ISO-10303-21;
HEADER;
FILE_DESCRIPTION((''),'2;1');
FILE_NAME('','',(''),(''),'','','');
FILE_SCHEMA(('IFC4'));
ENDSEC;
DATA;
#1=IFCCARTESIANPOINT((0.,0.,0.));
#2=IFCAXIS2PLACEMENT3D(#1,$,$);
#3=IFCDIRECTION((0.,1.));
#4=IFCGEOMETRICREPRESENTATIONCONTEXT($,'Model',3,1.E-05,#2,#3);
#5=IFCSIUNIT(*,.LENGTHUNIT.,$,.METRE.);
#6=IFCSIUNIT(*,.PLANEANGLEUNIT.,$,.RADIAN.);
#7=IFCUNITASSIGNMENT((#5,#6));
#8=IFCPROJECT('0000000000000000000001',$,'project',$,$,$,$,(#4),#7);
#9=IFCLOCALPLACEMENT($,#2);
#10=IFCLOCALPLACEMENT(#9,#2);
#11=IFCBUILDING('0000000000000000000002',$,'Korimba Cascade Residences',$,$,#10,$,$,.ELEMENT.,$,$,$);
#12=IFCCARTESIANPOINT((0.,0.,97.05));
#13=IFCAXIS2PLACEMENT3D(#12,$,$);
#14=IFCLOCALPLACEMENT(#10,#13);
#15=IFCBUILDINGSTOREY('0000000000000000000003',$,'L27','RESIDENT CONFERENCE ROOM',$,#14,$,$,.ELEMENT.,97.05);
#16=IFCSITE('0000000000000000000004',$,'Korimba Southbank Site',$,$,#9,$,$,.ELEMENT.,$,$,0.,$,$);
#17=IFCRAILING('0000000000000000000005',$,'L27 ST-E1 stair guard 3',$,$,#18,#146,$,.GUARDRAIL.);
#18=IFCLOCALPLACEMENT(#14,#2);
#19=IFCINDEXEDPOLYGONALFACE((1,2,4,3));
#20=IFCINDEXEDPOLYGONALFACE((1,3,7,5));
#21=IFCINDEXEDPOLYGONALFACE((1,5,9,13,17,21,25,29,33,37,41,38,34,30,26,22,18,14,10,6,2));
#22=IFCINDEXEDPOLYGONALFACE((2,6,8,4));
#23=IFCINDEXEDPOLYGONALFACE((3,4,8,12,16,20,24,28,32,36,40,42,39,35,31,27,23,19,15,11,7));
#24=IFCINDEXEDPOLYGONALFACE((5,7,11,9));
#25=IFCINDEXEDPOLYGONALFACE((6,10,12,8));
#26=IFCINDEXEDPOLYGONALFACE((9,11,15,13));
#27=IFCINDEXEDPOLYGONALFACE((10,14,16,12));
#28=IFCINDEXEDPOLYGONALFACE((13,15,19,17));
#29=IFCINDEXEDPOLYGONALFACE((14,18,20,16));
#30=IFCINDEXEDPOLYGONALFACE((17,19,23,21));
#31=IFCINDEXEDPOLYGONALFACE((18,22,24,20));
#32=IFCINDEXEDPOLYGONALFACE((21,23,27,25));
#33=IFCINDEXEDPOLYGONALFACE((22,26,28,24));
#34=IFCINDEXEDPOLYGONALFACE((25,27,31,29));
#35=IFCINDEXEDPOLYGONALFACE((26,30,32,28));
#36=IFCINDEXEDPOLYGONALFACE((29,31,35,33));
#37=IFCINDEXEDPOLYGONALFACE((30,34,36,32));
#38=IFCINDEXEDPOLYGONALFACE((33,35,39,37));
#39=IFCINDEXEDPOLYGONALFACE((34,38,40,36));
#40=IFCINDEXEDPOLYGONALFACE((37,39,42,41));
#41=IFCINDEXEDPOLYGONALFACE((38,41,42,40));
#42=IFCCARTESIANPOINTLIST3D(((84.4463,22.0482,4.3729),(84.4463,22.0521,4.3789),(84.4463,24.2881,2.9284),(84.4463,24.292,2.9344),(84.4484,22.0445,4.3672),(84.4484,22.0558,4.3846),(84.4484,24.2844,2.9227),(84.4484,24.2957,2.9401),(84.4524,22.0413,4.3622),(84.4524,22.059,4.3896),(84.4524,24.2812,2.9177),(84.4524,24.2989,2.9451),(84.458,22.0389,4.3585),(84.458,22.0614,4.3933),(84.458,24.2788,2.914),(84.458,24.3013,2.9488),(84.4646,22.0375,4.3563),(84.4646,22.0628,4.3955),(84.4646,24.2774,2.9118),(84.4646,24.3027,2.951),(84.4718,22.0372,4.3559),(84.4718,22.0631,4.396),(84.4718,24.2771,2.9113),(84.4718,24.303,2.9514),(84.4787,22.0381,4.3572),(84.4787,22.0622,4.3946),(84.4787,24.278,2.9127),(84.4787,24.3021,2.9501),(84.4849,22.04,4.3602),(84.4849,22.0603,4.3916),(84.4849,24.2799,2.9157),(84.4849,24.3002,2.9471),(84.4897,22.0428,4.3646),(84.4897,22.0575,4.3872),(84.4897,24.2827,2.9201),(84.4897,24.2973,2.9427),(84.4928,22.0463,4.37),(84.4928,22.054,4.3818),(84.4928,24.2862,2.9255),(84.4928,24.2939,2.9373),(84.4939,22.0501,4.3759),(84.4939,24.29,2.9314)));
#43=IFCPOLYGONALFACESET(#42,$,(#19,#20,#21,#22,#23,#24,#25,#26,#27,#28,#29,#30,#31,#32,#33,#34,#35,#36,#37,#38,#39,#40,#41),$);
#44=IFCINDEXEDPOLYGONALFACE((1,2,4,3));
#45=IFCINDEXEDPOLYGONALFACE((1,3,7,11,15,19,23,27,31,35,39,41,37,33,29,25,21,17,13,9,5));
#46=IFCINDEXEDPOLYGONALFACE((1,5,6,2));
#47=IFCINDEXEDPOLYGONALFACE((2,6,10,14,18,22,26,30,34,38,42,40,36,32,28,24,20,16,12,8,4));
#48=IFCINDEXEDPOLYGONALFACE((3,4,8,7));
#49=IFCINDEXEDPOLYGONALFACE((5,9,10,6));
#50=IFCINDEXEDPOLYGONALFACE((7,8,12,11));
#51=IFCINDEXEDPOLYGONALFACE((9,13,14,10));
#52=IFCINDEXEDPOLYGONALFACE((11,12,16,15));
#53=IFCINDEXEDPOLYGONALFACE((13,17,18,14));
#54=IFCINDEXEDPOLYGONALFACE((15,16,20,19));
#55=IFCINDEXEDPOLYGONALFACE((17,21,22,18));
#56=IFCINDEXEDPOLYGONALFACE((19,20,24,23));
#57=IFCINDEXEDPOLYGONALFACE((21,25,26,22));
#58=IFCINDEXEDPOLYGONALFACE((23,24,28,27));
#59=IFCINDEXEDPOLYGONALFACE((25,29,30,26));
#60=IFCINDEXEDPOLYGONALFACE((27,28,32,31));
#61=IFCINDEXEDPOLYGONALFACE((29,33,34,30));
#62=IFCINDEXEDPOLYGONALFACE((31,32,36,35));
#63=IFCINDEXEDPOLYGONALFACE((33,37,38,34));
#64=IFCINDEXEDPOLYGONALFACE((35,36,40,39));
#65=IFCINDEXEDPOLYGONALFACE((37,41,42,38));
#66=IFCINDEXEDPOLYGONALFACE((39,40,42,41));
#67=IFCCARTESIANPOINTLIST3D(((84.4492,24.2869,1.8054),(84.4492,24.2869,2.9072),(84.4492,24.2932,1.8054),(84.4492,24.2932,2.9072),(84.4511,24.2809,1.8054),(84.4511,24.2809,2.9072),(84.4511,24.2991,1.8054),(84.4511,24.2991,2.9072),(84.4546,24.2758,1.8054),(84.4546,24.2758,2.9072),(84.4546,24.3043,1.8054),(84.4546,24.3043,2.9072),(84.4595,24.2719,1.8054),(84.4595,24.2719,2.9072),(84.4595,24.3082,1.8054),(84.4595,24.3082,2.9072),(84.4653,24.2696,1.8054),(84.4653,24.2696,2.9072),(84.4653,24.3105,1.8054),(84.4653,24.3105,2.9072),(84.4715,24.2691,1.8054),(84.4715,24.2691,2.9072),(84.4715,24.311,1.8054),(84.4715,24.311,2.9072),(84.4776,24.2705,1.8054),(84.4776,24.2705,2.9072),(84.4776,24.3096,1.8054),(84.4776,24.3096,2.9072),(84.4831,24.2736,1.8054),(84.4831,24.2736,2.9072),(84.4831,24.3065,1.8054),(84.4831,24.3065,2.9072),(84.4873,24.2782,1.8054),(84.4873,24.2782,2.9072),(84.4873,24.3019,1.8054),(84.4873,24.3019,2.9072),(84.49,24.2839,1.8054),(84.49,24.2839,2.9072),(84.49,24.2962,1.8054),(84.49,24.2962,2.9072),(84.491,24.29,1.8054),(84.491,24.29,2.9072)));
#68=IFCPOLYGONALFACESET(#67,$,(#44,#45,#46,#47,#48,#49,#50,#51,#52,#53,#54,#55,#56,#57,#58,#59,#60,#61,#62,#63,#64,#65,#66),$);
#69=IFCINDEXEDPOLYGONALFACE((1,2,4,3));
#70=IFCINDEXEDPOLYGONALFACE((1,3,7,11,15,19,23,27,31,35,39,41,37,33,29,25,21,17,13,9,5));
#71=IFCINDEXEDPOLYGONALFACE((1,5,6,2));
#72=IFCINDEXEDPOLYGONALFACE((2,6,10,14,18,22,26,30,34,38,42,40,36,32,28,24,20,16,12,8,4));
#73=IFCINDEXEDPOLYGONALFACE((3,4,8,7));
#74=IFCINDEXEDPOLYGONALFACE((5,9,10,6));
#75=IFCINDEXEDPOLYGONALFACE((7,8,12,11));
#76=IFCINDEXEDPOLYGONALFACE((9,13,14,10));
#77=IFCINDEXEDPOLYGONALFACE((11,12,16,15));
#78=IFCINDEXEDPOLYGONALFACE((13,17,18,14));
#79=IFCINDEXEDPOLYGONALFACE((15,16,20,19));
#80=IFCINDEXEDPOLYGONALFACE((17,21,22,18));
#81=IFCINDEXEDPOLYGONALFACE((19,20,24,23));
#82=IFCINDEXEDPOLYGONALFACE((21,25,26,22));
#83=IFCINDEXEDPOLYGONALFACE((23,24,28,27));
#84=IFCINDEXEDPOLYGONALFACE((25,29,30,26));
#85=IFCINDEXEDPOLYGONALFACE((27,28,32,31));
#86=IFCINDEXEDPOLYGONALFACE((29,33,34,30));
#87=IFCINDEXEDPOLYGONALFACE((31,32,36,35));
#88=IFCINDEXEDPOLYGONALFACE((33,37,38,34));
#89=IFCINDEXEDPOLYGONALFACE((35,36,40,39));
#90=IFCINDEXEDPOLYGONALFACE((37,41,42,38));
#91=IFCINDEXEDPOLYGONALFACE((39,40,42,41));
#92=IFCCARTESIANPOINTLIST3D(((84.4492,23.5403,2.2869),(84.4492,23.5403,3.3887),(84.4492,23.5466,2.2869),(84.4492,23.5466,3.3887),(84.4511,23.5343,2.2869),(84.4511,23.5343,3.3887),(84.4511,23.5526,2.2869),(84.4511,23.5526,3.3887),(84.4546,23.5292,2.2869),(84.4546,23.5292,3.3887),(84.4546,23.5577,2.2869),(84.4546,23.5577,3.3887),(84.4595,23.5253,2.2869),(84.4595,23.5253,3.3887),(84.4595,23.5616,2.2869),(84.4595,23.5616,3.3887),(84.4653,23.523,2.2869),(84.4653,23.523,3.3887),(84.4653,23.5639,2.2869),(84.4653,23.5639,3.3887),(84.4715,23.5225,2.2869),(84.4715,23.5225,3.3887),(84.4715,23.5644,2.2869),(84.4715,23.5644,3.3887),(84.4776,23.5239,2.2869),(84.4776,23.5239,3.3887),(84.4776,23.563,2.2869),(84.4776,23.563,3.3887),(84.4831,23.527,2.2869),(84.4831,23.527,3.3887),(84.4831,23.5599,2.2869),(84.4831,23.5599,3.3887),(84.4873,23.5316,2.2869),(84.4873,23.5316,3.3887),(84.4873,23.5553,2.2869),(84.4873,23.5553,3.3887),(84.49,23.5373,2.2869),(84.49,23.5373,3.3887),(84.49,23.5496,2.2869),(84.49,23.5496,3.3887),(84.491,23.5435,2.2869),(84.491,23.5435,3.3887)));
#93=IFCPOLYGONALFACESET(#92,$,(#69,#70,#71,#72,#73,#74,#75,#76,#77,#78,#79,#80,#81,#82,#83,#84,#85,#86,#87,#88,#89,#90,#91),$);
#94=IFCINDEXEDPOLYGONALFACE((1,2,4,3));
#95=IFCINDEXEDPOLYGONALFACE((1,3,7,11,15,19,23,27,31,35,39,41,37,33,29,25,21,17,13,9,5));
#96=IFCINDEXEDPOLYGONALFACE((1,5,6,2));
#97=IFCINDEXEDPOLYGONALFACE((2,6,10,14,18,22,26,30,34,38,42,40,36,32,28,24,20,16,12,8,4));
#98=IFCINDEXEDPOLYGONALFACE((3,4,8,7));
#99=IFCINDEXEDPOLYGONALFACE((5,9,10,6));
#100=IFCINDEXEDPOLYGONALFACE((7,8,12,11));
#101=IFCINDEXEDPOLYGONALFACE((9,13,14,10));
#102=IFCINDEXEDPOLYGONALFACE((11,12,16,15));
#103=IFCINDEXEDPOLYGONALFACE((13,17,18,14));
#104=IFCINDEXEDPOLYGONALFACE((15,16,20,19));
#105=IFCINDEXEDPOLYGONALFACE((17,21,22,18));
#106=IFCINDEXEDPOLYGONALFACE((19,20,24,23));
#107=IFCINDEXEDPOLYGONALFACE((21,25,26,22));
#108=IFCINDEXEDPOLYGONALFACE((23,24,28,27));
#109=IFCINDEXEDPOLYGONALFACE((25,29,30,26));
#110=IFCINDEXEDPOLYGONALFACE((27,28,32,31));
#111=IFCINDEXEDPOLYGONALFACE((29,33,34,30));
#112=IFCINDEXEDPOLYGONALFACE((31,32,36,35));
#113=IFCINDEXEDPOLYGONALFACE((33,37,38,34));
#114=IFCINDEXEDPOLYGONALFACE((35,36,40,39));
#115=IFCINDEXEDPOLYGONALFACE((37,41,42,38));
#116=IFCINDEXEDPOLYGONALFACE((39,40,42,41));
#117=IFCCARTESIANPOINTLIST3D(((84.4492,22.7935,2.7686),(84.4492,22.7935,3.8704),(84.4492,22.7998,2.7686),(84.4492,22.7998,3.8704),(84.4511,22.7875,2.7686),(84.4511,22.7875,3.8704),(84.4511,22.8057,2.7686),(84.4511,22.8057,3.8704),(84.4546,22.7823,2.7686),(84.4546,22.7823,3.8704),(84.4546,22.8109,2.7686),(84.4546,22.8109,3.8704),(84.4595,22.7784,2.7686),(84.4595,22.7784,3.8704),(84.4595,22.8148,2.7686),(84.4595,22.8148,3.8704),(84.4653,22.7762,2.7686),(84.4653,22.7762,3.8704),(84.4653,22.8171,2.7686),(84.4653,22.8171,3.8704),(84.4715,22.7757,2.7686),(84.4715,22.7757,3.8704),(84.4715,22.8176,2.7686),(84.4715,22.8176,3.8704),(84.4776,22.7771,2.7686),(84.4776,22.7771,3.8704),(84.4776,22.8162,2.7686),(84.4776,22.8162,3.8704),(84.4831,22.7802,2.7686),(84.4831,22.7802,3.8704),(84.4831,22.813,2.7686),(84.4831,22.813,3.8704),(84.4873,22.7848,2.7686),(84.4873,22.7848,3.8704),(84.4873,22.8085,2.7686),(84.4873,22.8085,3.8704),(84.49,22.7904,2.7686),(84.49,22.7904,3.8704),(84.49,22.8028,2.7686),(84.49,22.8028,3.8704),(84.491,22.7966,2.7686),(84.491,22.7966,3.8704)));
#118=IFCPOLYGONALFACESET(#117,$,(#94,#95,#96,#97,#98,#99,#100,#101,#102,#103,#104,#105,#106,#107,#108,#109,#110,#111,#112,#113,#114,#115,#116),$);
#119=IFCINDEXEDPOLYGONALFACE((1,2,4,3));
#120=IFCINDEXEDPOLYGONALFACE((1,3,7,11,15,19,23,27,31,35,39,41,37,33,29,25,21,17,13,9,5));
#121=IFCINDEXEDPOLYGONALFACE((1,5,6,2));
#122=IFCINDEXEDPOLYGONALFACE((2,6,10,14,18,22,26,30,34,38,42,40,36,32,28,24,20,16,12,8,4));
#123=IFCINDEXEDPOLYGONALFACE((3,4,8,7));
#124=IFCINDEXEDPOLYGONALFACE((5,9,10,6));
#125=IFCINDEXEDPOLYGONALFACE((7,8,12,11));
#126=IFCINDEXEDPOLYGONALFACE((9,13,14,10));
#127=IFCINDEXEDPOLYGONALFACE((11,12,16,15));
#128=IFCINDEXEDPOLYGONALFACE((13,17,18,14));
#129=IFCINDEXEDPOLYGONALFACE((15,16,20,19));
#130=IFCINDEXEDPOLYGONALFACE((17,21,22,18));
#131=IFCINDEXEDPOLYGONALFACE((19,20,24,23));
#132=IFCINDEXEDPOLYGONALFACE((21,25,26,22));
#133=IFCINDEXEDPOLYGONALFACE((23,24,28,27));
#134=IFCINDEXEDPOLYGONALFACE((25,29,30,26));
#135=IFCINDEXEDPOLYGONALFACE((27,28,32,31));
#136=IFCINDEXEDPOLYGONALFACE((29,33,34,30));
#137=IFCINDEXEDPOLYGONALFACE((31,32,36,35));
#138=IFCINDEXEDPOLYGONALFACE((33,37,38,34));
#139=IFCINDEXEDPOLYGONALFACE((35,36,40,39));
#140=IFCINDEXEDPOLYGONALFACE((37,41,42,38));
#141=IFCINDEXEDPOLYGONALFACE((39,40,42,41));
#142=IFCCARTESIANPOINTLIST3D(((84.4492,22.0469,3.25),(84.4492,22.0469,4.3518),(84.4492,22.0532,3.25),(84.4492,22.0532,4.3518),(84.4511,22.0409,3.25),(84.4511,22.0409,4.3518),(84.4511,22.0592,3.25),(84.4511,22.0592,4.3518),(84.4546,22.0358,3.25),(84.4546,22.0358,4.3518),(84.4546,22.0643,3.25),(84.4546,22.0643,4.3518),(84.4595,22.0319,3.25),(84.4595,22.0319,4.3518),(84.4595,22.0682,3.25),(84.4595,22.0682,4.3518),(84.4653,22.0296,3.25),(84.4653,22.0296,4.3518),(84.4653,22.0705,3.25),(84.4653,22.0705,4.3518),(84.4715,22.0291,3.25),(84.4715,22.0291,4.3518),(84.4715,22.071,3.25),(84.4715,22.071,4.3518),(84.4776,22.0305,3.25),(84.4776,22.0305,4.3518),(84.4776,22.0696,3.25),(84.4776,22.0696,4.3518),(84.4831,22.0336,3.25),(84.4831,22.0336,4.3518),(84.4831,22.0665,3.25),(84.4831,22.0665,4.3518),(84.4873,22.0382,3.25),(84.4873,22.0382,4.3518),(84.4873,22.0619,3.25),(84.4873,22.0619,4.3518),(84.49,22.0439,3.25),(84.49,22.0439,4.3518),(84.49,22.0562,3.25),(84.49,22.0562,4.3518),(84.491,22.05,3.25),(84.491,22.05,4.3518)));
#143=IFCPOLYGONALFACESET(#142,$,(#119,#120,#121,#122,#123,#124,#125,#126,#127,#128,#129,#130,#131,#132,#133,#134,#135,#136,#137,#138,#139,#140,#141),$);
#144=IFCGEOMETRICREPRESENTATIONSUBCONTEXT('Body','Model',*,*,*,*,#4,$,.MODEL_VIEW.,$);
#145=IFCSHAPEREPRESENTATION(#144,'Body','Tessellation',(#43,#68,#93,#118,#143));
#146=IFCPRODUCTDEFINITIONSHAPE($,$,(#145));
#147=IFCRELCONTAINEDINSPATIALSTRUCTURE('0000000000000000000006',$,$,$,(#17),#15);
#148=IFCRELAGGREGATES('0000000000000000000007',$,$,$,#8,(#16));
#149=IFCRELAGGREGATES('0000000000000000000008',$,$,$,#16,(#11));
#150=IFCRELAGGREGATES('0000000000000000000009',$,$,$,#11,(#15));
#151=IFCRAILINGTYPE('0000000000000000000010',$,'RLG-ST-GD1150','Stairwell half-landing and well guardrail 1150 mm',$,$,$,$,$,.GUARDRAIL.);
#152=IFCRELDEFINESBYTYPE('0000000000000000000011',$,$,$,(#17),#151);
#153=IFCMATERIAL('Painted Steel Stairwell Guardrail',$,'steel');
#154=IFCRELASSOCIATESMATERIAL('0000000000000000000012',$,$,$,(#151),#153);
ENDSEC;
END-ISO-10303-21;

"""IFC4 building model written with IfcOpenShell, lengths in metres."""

from ifc_helpers import new_model, si_unit, direction, frame, origin, origin_2d, place, context, subcontext, project, spatial, circle, extrude, material, type_object, element, save


model = new_model("IFC4")

# Units and contexts
model_context = context("Model", 3, precision=1e-05, world=origin(), true_north=direction((0.0, 1.0)))
body_context = subcontext(model_context, "Body", "Model", "MODEL_VIEW")
ifc_project = project(units=[si_unit("LENGTHUNIT", "METRE"), si_unit("PLANEANGLEUNIT", "RADIAN")], contexts=[model_context])

# Site, building, storey
site_placement = place(None, origin())
site = spatial("IfcSite", under=ifc_project, at=site_placement, Name="Korimba Southbank Site", CompositionType="ELEMENT", RefElevation=0.0)
building_placement = place(site_placement, origin())
building = spatial("IfcBuilding", under=site, at=building_placement, Name="Korimba Cascade Residences", CompositionType="ELEMENT")
storey_placement = place(building_placement, frame((0.0, 0.0, 97.05)))
storey = spatial("IfcBuildingStorey", under=building, at=storey_placement, Name="L27", Description="RESIDENT CONFERENCE ROOM", CompositionType="ELEMENT", Elevation=97.05)

# Railing
ifc_material_1 = material(Name="Painted Steel Stairwell Guardrail", Category="steel")
railing_type_1 = type_object("IfcRailingType", Name="RLG-ST-GD1150", Description="Stairwell half-landing and well guardrail 1150 mm", PredefinedType="GUARDRAIL", material=ifc_material_1)
railing_1_placement = place(storey_placement, frame((84.47, 24.29, 1.8054)))
element("IfcRailing", 1, at=railing_1_placement, inside=storey, type_object=railing_type_1, Name="L27 ST-E1 stair guard 3", PredefinedType="GUARDRAIL", context=body_context, shape_type="SweptSolid", body=[
    extrude(circle(Radius=0.0239, at=origin_2d()), frame((0.0, 0.0, 1.126), z_axis=(0.0, -0.840395, 0.541975), x_axis=(1.0, 0.0, 0.0)), (0.0, 0.0, 1.0), 2.6653),
    extrude(circle(Radius=0.021, at=origin_2d()), origin(), (0.0, 0.0, 1.0), 1.1018),
    extrude(circle(Radius=0.021, at=origin_2d()), frame((0.0, -0.7466, 0.4814)), (0.0, 0.0, 1.0), 1.1018),
    extrude(circle(Radius=0.021, at=origin_2d()), frame((0.0, -1.4934, 0.9631)), (0.0, 0.0, 1.0), 1.1018),
    extrude(circle(Radius=0.021, at=origin_2d()), frame((0.0, -2.24, 1.4446)), (0.0, 0.0, 1.0), 1.1018),
])

save(model, "model.ifc")
